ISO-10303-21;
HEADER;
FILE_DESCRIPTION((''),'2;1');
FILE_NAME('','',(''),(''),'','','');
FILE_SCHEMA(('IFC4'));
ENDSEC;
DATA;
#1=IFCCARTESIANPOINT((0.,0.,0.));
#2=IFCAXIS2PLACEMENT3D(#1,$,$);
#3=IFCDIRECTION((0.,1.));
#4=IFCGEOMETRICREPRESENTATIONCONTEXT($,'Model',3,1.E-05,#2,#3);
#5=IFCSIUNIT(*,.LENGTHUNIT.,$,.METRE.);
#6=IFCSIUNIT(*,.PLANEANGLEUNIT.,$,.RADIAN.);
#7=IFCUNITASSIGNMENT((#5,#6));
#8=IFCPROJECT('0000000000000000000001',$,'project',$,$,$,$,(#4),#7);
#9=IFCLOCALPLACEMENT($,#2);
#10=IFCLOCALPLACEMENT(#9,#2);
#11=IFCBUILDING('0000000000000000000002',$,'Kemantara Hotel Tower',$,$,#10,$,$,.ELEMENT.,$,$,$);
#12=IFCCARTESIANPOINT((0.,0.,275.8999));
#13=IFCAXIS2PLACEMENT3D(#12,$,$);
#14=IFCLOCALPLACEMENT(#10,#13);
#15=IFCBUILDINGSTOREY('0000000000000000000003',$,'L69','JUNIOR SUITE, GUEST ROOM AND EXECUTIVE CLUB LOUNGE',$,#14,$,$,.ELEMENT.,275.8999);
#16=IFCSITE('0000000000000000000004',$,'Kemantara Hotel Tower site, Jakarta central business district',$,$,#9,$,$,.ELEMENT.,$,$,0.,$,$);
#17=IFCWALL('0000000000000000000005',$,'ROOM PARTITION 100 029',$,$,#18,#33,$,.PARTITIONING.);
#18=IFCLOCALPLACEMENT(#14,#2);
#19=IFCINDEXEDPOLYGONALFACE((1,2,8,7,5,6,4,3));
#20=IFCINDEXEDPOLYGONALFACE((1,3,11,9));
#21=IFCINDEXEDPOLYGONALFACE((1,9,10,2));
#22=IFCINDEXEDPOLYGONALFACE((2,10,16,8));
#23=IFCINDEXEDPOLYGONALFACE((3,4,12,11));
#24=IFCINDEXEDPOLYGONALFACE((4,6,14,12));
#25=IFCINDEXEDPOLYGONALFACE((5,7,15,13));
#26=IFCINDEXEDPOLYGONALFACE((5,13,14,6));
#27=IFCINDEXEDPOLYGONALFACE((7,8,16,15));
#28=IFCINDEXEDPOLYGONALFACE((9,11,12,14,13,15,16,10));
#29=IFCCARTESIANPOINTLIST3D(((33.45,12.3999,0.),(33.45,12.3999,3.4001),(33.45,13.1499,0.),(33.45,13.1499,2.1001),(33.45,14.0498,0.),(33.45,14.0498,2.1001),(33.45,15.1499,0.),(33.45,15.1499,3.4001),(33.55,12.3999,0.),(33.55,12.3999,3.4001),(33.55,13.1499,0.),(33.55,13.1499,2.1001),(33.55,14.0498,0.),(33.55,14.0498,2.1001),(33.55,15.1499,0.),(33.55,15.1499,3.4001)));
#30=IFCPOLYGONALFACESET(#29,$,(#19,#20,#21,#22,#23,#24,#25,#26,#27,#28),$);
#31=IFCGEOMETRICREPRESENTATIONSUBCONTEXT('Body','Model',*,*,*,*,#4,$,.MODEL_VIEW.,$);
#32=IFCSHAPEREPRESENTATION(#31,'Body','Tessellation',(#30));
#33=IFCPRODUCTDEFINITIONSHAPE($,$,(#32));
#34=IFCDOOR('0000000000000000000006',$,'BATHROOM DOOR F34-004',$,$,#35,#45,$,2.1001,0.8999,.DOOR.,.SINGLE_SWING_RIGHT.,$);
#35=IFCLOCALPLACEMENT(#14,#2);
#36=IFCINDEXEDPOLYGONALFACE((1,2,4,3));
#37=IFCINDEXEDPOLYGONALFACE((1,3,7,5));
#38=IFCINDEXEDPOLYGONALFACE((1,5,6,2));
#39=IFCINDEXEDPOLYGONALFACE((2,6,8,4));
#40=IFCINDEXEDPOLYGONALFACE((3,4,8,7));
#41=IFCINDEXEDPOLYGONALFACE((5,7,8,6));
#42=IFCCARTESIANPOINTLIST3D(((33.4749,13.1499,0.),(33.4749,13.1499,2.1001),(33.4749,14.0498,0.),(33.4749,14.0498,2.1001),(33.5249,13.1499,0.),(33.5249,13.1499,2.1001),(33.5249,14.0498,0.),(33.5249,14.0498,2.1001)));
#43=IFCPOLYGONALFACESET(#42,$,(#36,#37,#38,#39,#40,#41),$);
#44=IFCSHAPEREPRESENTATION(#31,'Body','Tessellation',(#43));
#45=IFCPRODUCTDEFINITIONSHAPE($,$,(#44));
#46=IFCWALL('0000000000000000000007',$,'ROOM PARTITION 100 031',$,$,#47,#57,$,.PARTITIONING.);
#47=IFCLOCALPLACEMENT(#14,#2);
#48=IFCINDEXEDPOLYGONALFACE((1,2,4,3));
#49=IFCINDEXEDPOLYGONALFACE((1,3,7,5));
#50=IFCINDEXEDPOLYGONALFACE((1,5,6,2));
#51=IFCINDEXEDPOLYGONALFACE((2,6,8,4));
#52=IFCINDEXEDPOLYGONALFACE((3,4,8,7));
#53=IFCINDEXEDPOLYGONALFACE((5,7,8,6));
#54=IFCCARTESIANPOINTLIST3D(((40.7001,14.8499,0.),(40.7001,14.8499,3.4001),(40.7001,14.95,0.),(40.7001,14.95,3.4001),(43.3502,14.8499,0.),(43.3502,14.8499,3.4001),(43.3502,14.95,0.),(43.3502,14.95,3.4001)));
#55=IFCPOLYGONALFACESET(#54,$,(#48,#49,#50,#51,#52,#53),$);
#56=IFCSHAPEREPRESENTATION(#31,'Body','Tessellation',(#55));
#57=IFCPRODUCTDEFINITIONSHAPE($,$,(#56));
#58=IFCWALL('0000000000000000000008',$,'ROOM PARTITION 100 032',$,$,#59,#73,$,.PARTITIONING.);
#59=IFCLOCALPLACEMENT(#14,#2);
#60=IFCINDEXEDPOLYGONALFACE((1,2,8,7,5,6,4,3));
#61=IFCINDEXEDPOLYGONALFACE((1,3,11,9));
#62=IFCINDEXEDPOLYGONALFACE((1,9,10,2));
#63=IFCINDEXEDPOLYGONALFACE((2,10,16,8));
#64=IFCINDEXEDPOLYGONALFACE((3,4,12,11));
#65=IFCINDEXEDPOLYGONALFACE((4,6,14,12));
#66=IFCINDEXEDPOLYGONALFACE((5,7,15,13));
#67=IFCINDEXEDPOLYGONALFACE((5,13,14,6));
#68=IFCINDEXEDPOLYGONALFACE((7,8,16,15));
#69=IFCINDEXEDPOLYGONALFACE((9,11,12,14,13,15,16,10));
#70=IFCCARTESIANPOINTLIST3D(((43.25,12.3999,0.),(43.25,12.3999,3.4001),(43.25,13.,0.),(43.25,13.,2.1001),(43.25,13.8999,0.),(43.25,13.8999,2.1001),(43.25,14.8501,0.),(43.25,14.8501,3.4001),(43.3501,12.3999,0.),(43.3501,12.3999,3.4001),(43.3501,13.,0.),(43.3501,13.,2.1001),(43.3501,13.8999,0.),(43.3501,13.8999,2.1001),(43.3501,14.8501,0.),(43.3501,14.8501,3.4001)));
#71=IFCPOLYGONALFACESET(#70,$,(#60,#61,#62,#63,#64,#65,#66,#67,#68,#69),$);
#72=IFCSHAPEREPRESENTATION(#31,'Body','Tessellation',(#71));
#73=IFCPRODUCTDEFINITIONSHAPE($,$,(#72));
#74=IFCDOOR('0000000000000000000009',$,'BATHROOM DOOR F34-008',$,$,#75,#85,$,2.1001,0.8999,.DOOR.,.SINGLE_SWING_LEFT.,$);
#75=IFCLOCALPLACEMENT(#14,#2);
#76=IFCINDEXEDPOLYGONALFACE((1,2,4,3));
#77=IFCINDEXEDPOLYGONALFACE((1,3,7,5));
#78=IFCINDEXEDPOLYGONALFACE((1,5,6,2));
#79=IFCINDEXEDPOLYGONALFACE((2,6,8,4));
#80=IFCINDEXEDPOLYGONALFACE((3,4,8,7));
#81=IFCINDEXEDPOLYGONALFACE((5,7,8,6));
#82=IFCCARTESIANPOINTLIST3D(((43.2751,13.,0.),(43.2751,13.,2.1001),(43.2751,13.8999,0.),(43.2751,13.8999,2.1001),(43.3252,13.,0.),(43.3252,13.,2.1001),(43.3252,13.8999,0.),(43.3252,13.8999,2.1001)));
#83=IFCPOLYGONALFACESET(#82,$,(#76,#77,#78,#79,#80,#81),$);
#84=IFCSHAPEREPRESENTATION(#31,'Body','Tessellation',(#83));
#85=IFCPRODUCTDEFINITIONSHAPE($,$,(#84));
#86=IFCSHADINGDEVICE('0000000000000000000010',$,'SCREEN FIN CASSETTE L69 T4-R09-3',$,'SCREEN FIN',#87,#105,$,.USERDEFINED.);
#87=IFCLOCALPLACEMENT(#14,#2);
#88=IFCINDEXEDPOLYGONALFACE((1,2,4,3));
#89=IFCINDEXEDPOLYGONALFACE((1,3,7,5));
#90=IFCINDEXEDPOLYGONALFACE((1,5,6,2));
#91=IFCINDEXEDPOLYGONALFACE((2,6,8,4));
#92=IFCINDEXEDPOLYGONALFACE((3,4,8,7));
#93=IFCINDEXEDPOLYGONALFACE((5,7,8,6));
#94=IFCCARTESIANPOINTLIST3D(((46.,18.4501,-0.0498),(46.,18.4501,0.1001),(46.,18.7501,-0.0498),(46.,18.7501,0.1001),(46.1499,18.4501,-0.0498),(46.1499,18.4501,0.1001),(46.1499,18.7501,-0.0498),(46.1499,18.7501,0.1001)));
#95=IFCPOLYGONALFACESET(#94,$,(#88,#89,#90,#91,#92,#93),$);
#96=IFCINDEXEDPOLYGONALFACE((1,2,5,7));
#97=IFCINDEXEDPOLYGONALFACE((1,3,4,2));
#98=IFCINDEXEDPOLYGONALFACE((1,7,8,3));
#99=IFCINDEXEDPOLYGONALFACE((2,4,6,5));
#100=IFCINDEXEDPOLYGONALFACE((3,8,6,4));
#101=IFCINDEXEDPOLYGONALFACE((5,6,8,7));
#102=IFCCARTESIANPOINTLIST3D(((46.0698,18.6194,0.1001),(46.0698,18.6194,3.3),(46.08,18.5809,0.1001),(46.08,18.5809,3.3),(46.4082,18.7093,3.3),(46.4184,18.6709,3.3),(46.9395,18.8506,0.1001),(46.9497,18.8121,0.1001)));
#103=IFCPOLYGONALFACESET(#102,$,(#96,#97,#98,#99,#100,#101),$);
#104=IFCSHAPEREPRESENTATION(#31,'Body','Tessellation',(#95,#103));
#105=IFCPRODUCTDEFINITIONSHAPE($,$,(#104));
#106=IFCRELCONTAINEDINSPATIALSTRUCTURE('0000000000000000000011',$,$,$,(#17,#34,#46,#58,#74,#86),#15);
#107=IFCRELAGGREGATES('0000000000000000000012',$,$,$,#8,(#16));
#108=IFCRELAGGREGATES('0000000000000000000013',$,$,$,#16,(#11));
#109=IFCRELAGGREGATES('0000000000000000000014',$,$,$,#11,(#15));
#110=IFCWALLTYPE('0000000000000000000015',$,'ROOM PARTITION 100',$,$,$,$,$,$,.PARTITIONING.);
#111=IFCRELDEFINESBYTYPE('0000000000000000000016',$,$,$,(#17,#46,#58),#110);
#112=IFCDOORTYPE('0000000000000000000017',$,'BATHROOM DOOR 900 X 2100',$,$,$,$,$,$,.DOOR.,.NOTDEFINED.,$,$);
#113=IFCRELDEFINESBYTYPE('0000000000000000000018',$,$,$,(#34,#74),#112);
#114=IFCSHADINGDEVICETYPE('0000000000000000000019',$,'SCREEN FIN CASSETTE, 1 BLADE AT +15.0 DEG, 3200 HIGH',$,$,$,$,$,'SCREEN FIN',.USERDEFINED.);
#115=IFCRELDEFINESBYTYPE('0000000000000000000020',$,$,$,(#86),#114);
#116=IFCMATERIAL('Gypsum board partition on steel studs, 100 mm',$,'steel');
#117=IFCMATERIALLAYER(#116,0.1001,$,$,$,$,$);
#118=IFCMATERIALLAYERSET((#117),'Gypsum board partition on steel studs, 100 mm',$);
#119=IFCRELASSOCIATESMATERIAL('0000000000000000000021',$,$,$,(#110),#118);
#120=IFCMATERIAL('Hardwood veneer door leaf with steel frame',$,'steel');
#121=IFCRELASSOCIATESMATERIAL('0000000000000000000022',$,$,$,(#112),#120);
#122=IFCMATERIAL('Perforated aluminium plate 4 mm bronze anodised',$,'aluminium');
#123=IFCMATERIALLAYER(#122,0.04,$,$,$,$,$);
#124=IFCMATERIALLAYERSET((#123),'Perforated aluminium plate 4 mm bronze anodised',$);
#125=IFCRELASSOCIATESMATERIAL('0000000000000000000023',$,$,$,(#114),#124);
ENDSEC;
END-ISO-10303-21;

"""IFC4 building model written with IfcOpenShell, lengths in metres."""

from ifc_helpers import new_model, si_unit, direction, frame, frame_2d, origin, origin_2d, place, context, subcontext, project, spatial, polyline, rectangle, outline, extrude, source, transform, mapped, material, layer, layer_set, type_object, element, fill, save


model = new_model("IFC4")

# Units and contexts
model_context = context("Model", 3, precision=1e-05, world=origin(), true_north=direction((0.0, 1.0)))
body_context = subcontext(model_context, "Body", "Model", "MODEL_VIEW")
ifc_project = project(units=[si_unit("LENGTHUNIT", "METRE"), si_unit("PLANEANGLEUNIT", "RADIAN")], contexts=[model_context])

# Site, building, storey
site_placement = place(None, origin())
site = spatial("IfcSite", under=ifc_project, at=site_placement, Name="Kemantara Hotel Tower site, Jakarta central business district", CompositionType="ELEMENT", RefElevation=0.0)
building_placement = place(site_placement, origin())
building = spatial("IfcBuilding", under=site, at=building_placement, Name="Kemantara Hotel Tower", CompositionType="ELEMENT")
storey_placement = place(building_placement, frame((0.0, 0.0, 275.8999)))
storey = spatial("IfcBuildingStorey", under=building, at=storey_placement, Name="L69", Description="JUNIOR SUITE, GUEST ROOM AND EXECUTIVE CLUB LOUNGE", CompositionType="ELEMENT", Elevation=275.8999)

# Shared definitions
ifc_material_1 = material(Name="Gypsum board partition on steel studs, 100 mm", Category="steel")
ifc_layer_1 = layer(ifc_material_1, 0.1001)
ifc_layer_set_1 = layer_set([ifc_layer_1], Name="Gypsum board partition on steel studs, 100 mm")
wall_type_1 = type_object("IfcWallType", Name="ROOM PARTITION 100", PredefinedType="PARTITIONING", material=ifc_layer_set_1)

# Wall, opening, door
wall_1_placement = place(storey_placement, frame((33.5, 15.1499, 0.0), z_axis=(0.0, 0.0, 1.0), x_axis=(0.0, -1.0, 0.0)))
wall_1 = element("IfcWall", 1, at=wall_1_placement, inside=storey, type_object=wall_type_1, Name="ROOM PARTITION 100 029", PredefinedType="PARTITIONING", context=body_context, shape_type="SweptSolid", body=[
    extrude(rectangle(XDim=2.75, YDim=0.1001, at=frame_2d((1.375, 0.0))), origin(), (0.0, 0.0, 1.0), 3.4001),
])
opening_1_placement = place(wall_1_placement, frame((1.1001, 0.0, 0.0)))
opening_1 = element("IfcOpeningElement", 2, at=opening_1_placement, cuts=wall_1, PredefinedType="OPENING", context=body_context, shape_type="SweptSolid", body=[
    extrude(rectangle(XDim=0.8999, YDim=2.1001, at=frame_2d((0.45, 1.05))), frame((0.0, 0.0601, 0.0), z_axis=(0.0, -1.0, 0.0), x_axis=(1.0, 0.0, 0.0)), (0.0, 0.0, 1.0), 0.1201),
])
ifc_material_2 = material(Name="Hardwood veneer door leaf with steel frame", Category="steel")
door_type = type_object("IfcDoorType", Name="BATHROOM DOOR 900 X 2100", OperationType="NOTDEFINED", PredefinedType="DOOR", material=ifc_material_2)
door_1_placement = place(opening_1_placement, origin())
door_1 = element("IfcDoor", 3, at=door_1_placement, inside=storey, type_object=door_type, Name="BATHROOM DOOR F34-004", OperationType="SINGLE_SWING_RIGHT", OverallHeight=2.1001, OverallWidth=0.8999, PredefinedType="DOOR", context=body_context, shape_type="SweptSolid", body=[
    extrude(rectangle(XDim=0.8999, YDim=2.1001, at=frame_2d((0.45, 1.05))), frame((0.0, 0.0249, 0.0), z_axis=(0.0, -1.0, 0.0), x_axis=(1.0, 0.0, 0.0)), (0.0, 0.0, 1.0), 0.05),
])
fill(opening_1, door_1)

# Wall
wall_2_placement = place(storey_placement, frame((40.7, 14.8999, 0.0), z_axis=(0.0, 0.0, 1.0), x_axis=(1.0, 0.0, 0.0)))
element("IfcWall", 4, at=wall_2_placement, inside=storey, type_object=wall_type_1, Name="ROOM PARTITION 100 031", PredefinedType="PARTITIONING", context=body_context, shape_type="SweptSolid", body=[
    extrude(rectangle(XDim=2.6501, YDim=0.1001, at=frame_2d((1.3252, 0.0))), origin(), (0.0, 0.0, 1.0), 3.4001),
])

# Wall, opening, door
wall_3_placement = place(storey_placement, frame((43.3, 12.3999, 0.0), z_axis=(0.0, 0.0, 1.0), x_axis=(0.0, 1.0, 0.0)))
wall_3 = element("IfcWall", 5, at=wall_3_placement, inside=storey, type_object=wall_type_1, Name="ROOM PARTITION 100 032", PredefinedType="PARTITIONING", context=body_context, shape_type="SweptSolid", body=[
    extrude(rectangle(XDim=2.4502, YDim=0.1001, at=frame_2d((1.2251, 0.0))), origin(), (0.0, 0.0, 1.0), 3.4001),
])
opening_2_placement = place(wall_3_placement, frame((0.6001, 0.0, 0.0)))
opening_2 = element("IfcOpeningElement", 6, at=opening_2_placement, cuts=wall_3, PredefinedType="OPENING", context=body_context, shape_type="SweptSolid", body=[
    extrude(rectangle(XDim=0.8999, YDim=2.1001, at=frame_2d((0.45, 1.05))), frame((0.0, 0.0601, 0.0), z_axis=(0.0, -1.0, 0.0), x_axis=(1.0, 0.0, 0.0)), (0.0, 0.0, 1.0), 0.1201),
])
door_2_placement = place(opening_2_placement, origin())
door_2 = element("IfcDoor", 7, at=door_2_placement, inside=storey, type_object=door_type, Name="BATHROOM DOOR F34-008", OperationType="SINGLE_SWING_LEFT", OverallHeight=2.1001, OverallWidth=0.8999, PredefinedType="DOOR", context=body_context, shape_type="SweptSolid", body=[
    extrude(rectangle(XDim=0.8999, YDim=2.1001, at=frame_2d((0.45, 1.05))), frame((0.0, 0.0249, 0.0), z_axis=(0.0, -1.0, 0.0), x_axis=(1.0, 0.0, 0.0)), (0.0, 0.0, 1.0), 0.05),
])
fill(opening_2, door_2)

# Shading device
ifc_material_3 = material(Name="Perforated aluminium plate 4 mm bronze anodised", Category="aluminium")
ifc_layer_2 = layer(ifc_material_3, 0.04)
ifc_layer_set_2 = layer_set([ifc_layer_2], Name="Perforated aluminium plate 4 mm bronze anodised")
shading_device_type = type_object("IfcShadingDeviceType", Name="SCREEN FIN CASSETTE, 1 BLADE AT +15.0 DEG, 3200 HIGH", ElementType="SCREEN FIN", PredefinedType="USERDEFINED", material=ifc_layer_set_2)
shared_shape_1 = source(origin(), body_context, "Body", "SweptSolid", [
    extrude(rectangle(XDim=0.3, YDim=0.1499, at=origin_2d()), frame((0.0, -0.075, -0.1499), z_axis=(0.0, 0.0, 1.0), x_axis=(1.0, 0.0, 0.0)), (0.0, 0.0, 1.0), 0.1499),
    extrude(outline(polyline([(0.0, 0.0), (0.8999, 0.0), (0.3501, 3.2), (0.0, 3.2), (0.0, 0.0)])), frame((0.0193, -0.0698, 0.0), z_axis=(-0.966438, -0.256901, 0.0), x_axis=(0.256901, -0.966438, 0.0)), (0.0, 0.0, 1.0), 0.0398),
])
shading_device_placement = place(storey_placement, frame((46.0, 18.6001, 0.1001), z_axis=(0.0, 0.0, 1.0), x_axis=(0.0, 1.0, 0.0)))
element("IfcShadingDevice", 8, at=shading_device_placement, inside=storey, type_object=shading_device_type, Name="SCREEN FIN CASSETTE L69 T4-R09-3", ObjectType="SCREEN FIN", PredefinedType="USERDEFINED", context=body_context, shape_type="MappedRepresentation", body=[
    mapped(shared_shape_1, transform((0.0, 0.0, 0.0))),
])

save(model, "model.ifc")
